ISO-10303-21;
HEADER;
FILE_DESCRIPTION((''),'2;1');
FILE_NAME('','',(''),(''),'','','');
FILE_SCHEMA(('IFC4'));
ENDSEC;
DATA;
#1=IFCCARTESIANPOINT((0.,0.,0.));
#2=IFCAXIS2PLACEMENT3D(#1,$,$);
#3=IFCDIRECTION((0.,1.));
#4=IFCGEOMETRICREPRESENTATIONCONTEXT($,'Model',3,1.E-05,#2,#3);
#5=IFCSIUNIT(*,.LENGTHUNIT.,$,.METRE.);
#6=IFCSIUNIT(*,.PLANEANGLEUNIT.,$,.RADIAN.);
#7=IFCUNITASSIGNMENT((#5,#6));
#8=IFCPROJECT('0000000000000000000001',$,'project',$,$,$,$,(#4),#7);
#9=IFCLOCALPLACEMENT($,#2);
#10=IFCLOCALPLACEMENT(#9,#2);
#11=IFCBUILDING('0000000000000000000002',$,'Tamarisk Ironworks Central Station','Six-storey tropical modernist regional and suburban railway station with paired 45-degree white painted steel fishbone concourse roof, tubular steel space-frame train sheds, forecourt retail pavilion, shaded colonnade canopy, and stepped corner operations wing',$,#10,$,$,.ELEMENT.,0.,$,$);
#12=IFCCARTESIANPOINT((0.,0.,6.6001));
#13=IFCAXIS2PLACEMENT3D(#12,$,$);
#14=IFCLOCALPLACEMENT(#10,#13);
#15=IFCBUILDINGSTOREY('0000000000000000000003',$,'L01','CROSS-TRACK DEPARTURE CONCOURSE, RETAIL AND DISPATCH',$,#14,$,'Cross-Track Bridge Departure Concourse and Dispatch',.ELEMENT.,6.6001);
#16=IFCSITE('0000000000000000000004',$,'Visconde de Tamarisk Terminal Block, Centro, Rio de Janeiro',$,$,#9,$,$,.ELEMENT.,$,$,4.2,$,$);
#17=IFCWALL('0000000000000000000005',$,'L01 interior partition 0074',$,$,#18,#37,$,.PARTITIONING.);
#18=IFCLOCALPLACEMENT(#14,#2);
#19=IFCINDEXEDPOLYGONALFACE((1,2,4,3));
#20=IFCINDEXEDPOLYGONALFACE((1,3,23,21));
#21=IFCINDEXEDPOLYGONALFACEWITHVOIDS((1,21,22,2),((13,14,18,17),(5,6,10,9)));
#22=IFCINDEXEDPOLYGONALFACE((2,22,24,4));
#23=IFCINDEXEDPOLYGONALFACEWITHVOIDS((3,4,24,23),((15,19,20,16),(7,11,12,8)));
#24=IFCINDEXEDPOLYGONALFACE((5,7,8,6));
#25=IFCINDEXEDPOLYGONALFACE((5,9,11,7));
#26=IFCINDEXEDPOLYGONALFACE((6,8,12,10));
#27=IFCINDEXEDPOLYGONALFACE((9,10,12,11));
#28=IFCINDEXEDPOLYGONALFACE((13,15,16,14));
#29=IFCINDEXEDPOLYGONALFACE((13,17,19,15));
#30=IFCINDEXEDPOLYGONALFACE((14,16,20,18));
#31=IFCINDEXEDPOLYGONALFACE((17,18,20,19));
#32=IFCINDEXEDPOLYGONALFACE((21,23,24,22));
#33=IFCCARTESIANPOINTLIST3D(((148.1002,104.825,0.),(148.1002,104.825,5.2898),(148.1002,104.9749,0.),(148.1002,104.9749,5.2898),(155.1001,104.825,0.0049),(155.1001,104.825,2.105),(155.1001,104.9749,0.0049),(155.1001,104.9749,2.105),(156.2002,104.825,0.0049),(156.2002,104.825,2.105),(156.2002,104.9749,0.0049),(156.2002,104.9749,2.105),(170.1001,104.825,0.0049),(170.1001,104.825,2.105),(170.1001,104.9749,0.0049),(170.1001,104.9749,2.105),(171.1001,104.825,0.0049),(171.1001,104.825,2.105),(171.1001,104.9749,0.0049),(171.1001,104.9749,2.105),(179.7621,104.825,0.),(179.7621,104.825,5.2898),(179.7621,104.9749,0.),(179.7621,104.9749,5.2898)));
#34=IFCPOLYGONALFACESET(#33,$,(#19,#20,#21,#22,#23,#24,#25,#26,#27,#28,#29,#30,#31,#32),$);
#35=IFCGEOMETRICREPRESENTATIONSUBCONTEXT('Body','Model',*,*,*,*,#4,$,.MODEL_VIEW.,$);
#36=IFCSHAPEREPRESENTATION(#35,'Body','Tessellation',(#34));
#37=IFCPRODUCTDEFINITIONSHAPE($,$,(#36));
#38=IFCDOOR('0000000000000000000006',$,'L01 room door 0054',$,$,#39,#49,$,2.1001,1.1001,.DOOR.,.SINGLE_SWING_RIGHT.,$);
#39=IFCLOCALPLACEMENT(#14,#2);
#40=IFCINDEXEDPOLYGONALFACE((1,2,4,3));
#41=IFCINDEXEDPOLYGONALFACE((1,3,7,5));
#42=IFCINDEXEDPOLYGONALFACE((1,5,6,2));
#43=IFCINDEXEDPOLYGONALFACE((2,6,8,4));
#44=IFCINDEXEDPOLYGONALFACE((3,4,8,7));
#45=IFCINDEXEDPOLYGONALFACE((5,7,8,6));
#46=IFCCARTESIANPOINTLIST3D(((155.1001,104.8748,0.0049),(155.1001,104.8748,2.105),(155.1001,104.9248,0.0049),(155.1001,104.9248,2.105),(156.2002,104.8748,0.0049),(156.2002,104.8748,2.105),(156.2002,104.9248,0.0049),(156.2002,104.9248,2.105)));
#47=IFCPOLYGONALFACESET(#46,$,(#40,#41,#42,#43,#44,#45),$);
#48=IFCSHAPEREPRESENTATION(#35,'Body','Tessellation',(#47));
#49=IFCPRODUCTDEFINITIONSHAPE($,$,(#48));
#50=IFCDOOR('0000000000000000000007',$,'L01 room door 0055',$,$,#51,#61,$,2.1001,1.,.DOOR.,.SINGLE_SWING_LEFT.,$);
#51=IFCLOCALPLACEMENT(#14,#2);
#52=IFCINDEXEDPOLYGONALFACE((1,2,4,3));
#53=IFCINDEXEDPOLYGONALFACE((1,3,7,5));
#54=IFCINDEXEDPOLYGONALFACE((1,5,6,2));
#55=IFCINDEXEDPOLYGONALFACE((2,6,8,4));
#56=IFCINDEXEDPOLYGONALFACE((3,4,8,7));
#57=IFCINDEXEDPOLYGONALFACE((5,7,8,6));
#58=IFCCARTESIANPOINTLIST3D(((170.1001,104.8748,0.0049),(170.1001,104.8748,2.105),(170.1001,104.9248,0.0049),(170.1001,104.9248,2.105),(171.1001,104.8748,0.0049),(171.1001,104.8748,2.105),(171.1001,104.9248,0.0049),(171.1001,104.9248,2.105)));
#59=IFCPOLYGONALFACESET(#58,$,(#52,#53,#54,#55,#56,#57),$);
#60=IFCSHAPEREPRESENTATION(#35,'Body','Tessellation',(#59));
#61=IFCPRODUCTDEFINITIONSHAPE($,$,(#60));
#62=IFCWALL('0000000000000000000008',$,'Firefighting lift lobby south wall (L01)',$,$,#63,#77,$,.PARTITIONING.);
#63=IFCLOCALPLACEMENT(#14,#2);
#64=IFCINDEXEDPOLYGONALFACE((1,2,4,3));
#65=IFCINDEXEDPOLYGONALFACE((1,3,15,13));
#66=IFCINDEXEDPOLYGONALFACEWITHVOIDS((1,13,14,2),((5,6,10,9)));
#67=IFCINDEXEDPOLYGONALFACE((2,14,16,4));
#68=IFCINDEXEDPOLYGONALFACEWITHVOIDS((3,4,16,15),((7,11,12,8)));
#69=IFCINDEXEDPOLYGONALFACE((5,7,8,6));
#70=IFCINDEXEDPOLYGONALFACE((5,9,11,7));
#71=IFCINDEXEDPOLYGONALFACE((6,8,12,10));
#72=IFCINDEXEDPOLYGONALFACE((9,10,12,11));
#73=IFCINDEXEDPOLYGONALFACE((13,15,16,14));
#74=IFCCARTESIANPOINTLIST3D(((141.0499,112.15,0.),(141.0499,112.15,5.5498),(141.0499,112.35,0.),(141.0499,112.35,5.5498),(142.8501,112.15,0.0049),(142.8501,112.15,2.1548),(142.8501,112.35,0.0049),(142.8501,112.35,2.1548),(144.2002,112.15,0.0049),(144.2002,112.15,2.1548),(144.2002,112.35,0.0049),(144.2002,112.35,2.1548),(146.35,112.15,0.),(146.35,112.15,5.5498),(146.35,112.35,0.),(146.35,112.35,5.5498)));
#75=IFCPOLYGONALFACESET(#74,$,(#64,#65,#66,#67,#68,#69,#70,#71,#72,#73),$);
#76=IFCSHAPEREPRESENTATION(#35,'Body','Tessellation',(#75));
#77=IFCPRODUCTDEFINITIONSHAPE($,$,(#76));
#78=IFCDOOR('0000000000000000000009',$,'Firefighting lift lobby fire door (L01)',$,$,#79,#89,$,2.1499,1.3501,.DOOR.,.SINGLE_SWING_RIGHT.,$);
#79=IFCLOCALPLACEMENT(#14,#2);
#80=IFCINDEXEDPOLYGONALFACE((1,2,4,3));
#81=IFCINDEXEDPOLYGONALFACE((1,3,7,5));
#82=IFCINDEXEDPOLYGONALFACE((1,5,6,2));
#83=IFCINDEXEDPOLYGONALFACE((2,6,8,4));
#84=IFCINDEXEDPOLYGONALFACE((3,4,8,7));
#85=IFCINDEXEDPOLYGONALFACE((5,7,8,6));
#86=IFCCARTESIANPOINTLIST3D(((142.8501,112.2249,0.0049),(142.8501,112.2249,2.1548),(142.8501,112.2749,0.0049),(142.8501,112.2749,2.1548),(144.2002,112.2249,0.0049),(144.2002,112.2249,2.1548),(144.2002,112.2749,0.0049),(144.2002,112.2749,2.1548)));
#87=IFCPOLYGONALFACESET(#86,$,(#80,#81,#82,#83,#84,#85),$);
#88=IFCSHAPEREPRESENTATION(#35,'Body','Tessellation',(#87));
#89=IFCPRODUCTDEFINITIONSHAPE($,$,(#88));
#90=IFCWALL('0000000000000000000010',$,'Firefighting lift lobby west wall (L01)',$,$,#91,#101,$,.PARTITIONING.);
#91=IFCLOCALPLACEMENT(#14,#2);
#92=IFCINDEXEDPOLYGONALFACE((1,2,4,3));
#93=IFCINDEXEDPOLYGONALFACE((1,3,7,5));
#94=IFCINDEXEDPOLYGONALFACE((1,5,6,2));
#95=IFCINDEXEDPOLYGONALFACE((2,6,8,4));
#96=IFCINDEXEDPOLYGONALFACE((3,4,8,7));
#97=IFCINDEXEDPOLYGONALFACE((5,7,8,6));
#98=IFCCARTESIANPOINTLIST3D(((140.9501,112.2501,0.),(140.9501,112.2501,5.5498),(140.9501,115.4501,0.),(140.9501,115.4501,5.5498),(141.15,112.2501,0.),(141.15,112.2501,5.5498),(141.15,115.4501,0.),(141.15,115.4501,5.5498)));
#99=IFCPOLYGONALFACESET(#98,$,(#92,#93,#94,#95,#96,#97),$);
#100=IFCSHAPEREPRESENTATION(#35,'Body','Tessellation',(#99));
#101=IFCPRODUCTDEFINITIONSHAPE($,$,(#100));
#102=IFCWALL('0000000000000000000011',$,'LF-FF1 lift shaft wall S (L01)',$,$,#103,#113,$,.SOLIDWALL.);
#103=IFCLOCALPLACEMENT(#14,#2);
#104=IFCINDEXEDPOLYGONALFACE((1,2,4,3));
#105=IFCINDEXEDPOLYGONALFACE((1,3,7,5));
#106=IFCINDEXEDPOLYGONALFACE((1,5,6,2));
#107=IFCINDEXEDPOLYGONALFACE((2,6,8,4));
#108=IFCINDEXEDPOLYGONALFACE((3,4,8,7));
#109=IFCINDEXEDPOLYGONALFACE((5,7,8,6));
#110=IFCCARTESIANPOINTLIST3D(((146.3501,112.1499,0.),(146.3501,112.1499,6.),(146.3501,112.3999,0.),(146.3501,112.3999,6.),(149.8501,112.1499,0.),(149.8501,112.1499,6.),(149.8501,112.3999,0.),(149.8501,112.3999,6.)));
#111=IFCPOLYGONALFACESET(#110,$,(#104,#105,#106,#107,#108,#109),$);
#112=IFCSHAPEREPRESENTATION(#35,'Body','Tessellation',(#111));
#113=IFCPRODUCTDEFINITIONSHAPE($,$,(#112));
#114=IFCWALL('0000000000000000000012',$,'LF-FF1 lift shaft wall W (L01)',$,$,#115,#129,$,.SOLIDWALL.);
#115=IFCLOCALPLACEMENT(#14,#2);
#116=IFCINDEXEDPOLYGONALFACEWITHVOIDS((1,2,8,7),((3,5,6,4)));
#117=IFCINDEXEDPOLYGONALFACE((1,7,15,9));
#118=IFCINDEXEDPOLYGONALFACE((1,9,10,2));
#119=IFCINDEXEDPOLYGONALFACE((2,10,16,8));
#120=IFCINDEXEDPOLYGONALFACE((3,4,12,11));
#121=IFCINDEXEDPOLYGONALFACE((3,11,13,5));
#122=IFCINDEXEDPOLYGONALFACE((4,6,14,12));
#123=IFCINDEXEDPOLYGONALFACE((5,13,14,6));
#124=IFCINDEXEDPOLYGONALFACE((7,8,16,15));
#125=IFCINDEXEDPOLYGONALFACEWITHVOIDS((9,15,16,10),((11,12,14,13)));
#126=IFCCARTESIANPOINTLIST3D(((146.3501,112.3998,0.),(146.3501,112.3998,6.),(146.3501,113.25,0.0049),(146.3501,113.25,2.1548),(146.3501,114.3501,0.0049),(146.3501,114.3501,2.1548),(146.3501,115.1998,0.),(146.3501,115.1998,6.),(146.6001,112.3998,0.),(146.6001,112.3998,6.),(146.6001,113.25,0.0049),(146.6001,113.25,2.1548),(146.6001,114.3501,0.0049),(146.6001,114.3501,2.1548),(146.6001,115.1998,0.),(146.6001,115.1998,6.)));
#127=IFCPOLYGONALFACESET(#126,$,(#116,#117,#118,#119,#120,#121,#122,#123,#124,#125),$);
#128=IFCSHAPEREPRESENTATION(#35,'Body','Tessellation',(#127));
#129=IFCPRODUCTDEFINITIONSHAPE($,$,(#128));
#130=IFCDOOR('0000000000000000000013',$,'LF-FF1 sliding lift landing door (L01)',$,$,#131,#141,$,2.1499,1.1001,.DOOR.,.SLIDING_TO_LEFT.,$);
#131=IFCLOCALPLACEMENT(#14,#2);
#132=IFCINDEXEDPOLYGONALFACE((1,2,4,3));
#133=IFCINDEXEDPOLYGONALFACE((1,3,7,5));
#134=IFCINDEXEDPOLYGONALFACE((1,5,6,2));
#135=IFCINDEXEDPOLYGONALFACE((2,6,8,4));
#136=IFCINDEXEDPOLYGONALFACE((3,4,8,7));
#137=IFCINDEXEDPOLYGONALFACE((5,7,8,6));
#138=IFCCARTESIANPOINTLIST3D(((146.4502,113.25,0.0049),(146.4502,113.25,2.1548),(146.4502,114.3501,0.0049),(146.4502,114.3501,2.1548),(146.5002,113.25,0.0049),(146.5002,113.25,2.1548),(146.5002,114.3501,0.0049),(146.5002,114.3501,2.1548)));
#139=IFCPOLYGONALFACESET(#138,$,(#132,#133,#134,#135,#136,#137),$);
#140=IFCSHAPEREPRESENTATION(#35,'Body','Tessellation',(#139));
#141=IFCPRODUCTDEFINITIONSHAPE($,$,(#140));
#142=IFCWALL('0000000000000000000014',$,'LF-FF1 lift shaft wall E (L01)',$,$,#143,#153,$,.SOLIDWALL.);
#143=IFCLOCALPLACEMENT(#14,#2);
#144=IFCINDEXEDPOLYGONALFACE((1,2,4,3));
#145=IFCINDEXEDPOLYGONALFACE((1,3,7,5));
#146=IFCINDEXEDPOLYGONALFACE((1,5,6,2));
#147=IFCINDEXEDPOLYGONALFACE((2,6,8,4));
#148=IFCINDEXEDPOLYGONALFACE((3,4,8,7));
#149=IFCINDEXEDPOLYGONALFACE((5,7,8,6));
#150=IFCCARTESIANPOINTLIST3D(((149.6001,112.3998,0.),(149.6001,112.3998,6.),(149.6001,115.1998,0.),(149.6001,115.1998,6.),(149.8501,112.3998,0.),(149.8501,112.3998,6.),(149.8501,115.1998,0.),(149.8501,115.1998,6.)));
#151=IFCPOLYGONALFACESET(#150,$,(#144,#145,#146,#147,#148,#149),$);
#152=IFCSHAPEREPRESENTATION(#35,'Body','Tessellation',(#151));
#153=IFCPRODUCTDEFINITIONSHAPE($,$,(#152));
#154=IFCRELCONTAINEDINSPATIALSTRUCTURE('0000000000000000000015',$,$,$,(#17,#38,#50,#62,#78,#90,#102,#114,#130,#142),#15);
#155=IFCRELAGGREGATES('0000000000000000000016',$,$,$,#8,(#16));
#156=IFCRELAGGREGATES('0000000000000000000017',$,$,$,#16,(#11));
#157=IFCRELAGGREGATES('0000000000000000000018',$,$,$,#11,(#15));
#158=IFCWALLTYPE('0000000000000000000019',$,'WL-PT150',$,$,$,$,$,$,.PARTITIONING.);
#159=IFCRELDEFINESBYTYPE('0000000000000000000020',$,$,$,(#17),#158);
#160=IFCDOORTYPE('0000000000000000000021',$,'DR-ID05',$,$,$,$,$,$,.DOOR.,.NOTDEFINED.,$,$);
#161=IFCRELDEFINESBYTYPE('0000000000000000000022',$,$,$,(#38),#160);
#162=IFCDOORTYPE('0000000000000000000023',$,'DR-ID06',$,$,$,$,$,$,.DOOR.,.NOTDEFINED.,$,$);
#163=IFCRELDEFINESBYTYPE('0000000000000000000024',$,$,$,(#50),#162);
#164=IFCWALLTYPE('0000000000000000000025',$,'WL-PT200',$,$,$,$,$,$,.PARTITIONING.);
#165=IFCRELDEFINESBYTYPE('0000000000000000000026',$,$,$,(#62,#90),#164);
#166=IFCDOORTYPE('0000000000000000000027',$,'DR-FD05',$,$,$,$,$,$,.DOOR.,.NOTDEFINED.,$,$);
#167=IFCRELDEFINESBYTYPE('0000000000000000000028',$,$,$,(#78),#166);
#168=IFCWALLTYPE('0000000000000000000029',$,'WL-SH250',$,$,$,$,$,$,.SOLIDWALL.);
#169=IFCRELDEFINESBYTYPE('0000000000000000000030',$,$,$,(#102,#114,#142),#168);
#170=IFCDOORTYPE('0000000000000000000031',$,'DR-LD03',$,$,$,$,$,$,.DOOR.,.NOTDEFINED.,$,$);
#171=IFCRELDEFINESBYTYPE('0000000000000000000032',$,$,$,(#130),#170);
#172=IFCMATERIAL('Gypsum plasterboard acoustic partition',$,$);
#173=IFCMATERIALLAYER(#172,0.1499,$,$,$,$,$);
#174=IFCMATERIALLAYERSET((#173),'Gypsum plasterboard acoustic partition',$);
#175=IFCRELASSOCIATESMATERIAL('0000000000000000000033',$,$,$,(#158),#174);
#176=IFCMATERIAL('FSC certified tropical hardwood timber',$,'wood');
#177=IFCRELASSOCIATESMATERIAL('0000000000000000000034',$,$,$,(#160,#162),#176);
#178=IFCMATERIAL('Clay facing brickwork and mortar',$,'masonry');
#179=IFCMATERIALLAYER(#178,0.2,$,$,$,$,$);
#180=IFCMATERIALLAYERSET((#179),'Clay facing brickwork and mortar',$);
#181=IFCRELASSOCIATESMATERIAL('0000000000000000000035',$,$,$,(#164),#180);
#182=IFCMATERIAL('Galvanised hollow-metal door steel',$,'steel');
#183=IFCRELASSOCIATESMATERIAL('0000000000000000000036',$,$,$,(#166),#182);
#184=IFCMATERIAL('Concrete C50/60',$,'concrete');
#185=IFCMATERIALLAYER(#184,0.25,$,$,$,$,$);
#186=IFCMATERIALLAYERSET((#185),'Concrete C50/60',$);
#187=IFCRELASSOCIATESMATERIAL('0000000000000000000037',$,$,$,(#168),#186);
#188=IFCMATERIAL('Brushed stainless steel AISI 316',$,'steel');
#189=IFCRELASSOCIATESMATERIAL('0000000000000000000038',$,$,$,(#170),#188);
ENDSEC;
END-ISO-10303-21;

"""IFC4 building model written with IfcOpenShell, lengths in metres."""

from ifc_helpers import new_model, si_unit, direction, frame, frame_2d, origin, place, context, subcontext, project, spatial, rectangle, extrude, material, layer, layer_set, type_object, element, fill, save


model = new_model("IFC4")

# Units and contexts
model_context = context("Model", 3, precision=1e-05, world=origin(), true_north=direction((0.0, 1.0)))
body_context = subcontext(model_context, "Body", "Model", "MODEL_VIEW")
ifc_project = project(units=[si_unit("LENGTHUNIT", "METRE"), si_unit("PLANEANGLEUNIT", "RADIAN")], contexts=[model_context])

# Site, building, storey
site_placement = place(None, origin())
site = spatial("IfcSite", under=ifc_project, at=site_placement, Name="Visconde de Tamarisk Terminal Block, Centro, Rio de Janeiro", CompositionType="ELEMENT", RefElevation=4.2)
building_placement = place(site_placement, origin())
building = spatial("IfcBuilding", under=site, at=building_placement, Name="Tamarisk Ironworks Central Station", Description="Six-storey tropical modernist regional and suburban railway station with paired 45-degree white painted steel fishbone concourse roof, tubular steel space-frame train sheds, forecourt retail pavilion, shaded colonnade canopy, and stepped corner operations wing", CompositionType="ELEMENT", ElevationOfRefHeight=0.0)
storey_placement = place(building_placement, frame((0.0, 0.0, 6.6001)))
storey = spatial("IfcBuildingStorey", under=building, at=storey_placement, Name="L01", Description="CROSS-TRACK DEPARTURE CONCOURSE, RETAIL AND DISPATCH", LongName="Cross-Track Bridge Departure Concourse and Dispatch", CompositionType="ELEMENT", Elevation=6.6001)

# Shared definitions
ifc_material_1 = material(Name="Gypsum plasterboard acoustic partition")

# Wall, openings, doors
ifc_layer_1 = layer(ifc_material_1, 0.1499)
ifc_layer_set_1 = layer_set([ifc_layer_1], Name="Gypsum plasterboard acoustic partition")
wall_type_1 = type_object("IfcWallType", Name="WL-PT150", PredefinedType="PARTITIONING", material=ifc_layer_set_1)
wall_1_placement = place(storey_placement, frame((148.1001, 104.8999, 0.0), z_axis=(0.0, 0.0, 1.0), x_axis=(1.0, 0.0, 0.0)))
wall_1 = element("IfcWall", 1, at=wall_1_placement, inside=storey, type_object=wall_type_1, Name="L01 interior partition 0074", PredefinedType="PARTITIONING", context=body_context, shape_type="SweptSolid", body=[
    extrude(rectangle(XDim=31.6619, YDim=0.1499, at=frame_2d((15.8311, 0.0))), origin(), (0.0, 0.0, 1.0), 5.2898),
])
opening_1_placement = place(wall_1_placement, frame((7.0, 0.0, 0.0049)))
opening_1 = element("IfcOpeningElement", 2, at=opening_1_placement, cuts=wall_1, PredefinedType="OPENING", context=body_context, shape_type="SweptSolid", body=[
    extrude(rectangle(XDim=1.1001, YDim=2.1001, at=frame_2d((0.55, 1.05))), frame((0.0, 0.0869, 0.0), z_axis=(0.0, -1.0, 0.0), x_axis=(1.0, 0.0, 0.0)), (0.0, 0.0, 1.0), 0.1738),
])
opening_2_placement = place(wall_1_placement, frame((22.0, 0.0, 0.0049)))
opening_2 = element("IfcOpeningElement", 3, at=opening_2_placement, cuts=wall_1, PredefinedType="OPENING", context=body_context, shape_type="SweptSolid", body=[
    extrude(rectangle(XDim=1.0, YDim=2.1001, at=frame_2d((0.5, 1.05))), frame((0.0, 0.0869, 0.0), z_axis=(0.0, -1.0, 0.0), x_axis=(1.0, 0.0, 0.0)), (0.0, 0.0, 1.0), 0.1738),
])
ifc_material_2 = material(Name="FSC certified tropical hardwood timber", Category="wood")
door_type_1 = type_object("IfcDoorType", Name="DR-ID05", OperationType="NOTDEFINED", PredefinedType="DOOR", material=ifc_material_2)
door_1_placement = place(opening_1_placement, origin())
door_1 = element("IfcDoor", 4, at=door_1_placement, inside=storey, type_object=door_type_1, Name="L01 room door 0054", OperationType="SINGLE_SWING_RIGHT", OverallHeight=2.1001, OverallWidth=1.1001, PredefinedType="DOOR", context=body_context, shape_type="SweptSolid", body=[
    extrude(rectangle(XDim=1.1001, YDim=2.1001, at=frame_2d((0.55, 1.05))), frame((0.0, 0.0249, 0.0), z_axis=(0.0, -1.0, 0.0), x_axis=(1.0, 0.0, 0.0)), (0.0, 0.0, 1.0), 0.05),
])
fill(opening_1, door_1)
door_type_2 = type_object("IfcDoorType", Name="DR-ID06", OperationType="NOTDEFINED", PredefinedType="DOOR", material=ifc_material_2)
door_2_placement = place(opening_2_placement, origin())
door_2 = element("IfcDoor", 5, at=door_2_placement, inside=storey, type_object=door_type_2, Name="L01 room door 0055", OperationType="SINGLE_SWING_LEFT", OverallHeight=2.1001, OverallWidth=1.0, PredefinedType="DOOR", context=body_context, shape_type="SweptSolid", body=[
    extrude(rectangle(XDim=1.0, YDim=2.1001, at=frame_2d((0.5, 1.05))), frame((0.0, 0.0249, 0.0), z_axis=(0.0, -1.0, 0.0), x_axis=(1.0, 0.0, 0.0)), (0.0, 0.0, 1.0), 0.05),
])
fill(opening_2, door_2)

# Wall, opening, door
ifc_material_3 = material(Name="Clay facing brickwork and mortar", Category="masonry")
ifc_layer_2 = layer(ifc_material_3, 0.2)
ifc_layer_set_2 = layer_set([ifc_layer_2], Name="Clay facing brickwork and mortar")
wall_type_2 = type_object("IfcWallType", Name="WL-PT200", PredefinedType="PARTITIONING", material=ifc_layer_set_2)
wall_2_placement = place(storey_placement, frame((141.05, 112.25, 0.0), z_axis=(0.0, 0.0, 1.0), x_axis=(1.0, 0.0, 0.0)))
wall_2 = element("IfcWall", 6, at=wall_2_placement, inside=storey, type_object=wall_type_2, Name="Firefighting lift lobby south wall (L01)", PredefinedType="PARTITIONING", context=body_context, shape_type="SweptSolid", body=[
    extrude(rectangle(XDim=5.3, YDim=0.2, at=frame_2d((2.6499, 0.0))), origin(), (0.0, 0.0, 1.0), 5.5498),
])
opening_3_placement = place(wall_2_placement, frame((1.8, 0.0, 0.0049)))
opening_3 = element("IfcOpeningElement", 7, at=opening_3_placement, cuts=wall_2, PredefinedType="OPENING", context=body_context, shape_type="SweptSolid", body=[
    extrude(rectangle(XDim=1.3501, YDim=2.1499, at=frame_2d((0.675, 1.075))), frame((0.0, 0.1118, 0.0), z_axis=(0.0, -1.0, 0.0), x_axis=(1.0, 0.0, 0.0)), (0.0, 0.0, 1.0), 0.2239),
])
ifc_material_4 = material(Name="Galvanised hollow-metal door steel", Category="steel")
door_type_3 = type_object("IfcDoorType", Name="DR-FD05", OperationType="NOTDEFINED", PredefinedType="DOOR", material=ifc_material_4)
door_3_placement = place(opening_3_placement, origin())
door_3 = element("IfcDoor", 8, at=door_3_placement, inside=storey, type_object=door_type_3, Name="Firefighting lift lobby fire door (L01)", OperationType="SINGLE_SWING_RIGHT", OverallHeight=2.1499, OverallWidth=1.3501, PredefinedType="DOOR", context=body_context, shape_type="SweptSolid", body=[
    extrude(rectangle(XDim=1.3501, YDim=2.1499, at=frame_2d((0.675, 1.075))), frame((0.0, 0.0249, 0.0), z_axis=(0.0, -1.0, 0.0), x_axis=(1.0, 0.0, 0.0)), (0.0, 0.0, 1.0), 0.05),
])
fill(opening_3, door_3)

# Walls
wall_3_placement = place(storey_placement, frame((141.05, 112.25, 0.0), z_axis=(0.0, 0.0, 1.0), x_axis=(0.0, 1.0, 0.0)))
element("IfcWall", 9, at=wall_3_placement, inside=storey, type_object=wall_type_2, Name="Firefighting lift lobby west wall (L01)", PredefinedType="PARTITIONING", context=body_context, shape_type="SweptSolid", body=[
    extrude(rectangle(XDim=3.2, YDim=0.2, at=frame_2d((1.6001, 0.0))), origin(), (0.0, 0.0, 1.0), 5.5498),
])
ifc_material_5 = material(Name="Concrete C50/60", Category="concrete")
ifc_layer_3 = layer(ifc_material_5, 0.25)
ifc_layer_set_3 = layer_set([ifc_layer_3], Name="Concrete C50/60")
wall_type_3 = type_object("IfcWallType", Name="WL-SH250", PredefinedType="SOLIDWALL", material=ifc_layer_set_3)
wall_4_placement = place(storey_placement, frame((146.3501, 112.2749, 0.0), z_axis=(0.0, 0.0, 1.0), x_axis=(1.0, 0.0, 0.0)))
element("IfcWall", 10, at=wall_4_placement, inside=storey, type_object=wall_type_3, Name="LF-FF1 lift shaft wall S (L01)", PredefinedType="SOLIDWALL", context=body_context, shape_type="SweptSolid", body=[
    extrude(rectangle(XDim=3.5, YDim=0.25, at=frame_2d((1.75, 0.0))), origin(), (0.0, 0.0, 1.0), 6.0),
])

# Wall, opening, door
wall_5_placement = place(storey_placement, frame((146.4751, 112.3999, 0.0), z_axis=(0.0, 0.0, 1.0), x_axis=(0.0, 1.0, 0.0)))
wall_5 = element("IfcWall", 11, at=wall_5_placement, inside=storey, type_object=wall_type_3, Name="LF-FF1 lift shaft wall W (L01)", PredefinedType="SOLIDWALL", context=body_context, shape_type="SweptSolid", body=[
    extrude(rectangle(XDim=2.8, YDim=0.25, at=frame_2d((1.3999, 0.0))), origin(), (0.0, 0.0, 1.0), 6.0),
])
opening_4_placement = place(wall_5_placement, frame((0.8501, 0.0, 0.0049)))
opening_4 = element("IfcOpeningElement", 12, at=opening_4_placement, cuts=wall_5, PredefinedType="OPENING", context=body_context, shape_type="SweptSolid", body=[
    extrude(rectangle(XDim=1.1001, YDim=2.1499, at=frame_2d((0.55, 1.075))), frame((0.0, 0.137, 0.0), z_axis=(0.0, -1.0, 0.0), x_axis=(1.0, 0.0, 0.0)), (0.0, 0.0, 1.0), 0.2739),
])
ifc_material_6 = material(Name="Brushed stainless steel AISI 316", Category="steel")
door_type_4 = type_object("IfcDoorType", Name="DR-LD03", OperationType="NOTDEFINED", PredefinedType="DOOR", material=ifc_material_6)
door_4_placement = place(opening_4_placement, origin())
door_4 = element("IfcDoor", 13, at=door_4_placement, inside=storey, type_object=door_type_4, Name="LF-FF1 sliding lift landing door (L01)", OperationType="SLIDING_TO_LEFT", OverallHeight=2.1499, OverallWidth=1.1001, PredefinedType="DOOR", context=body_context, shape_type="SweptSolid", body=[
    extrude(rectangle(XDim=1.1001, YDim=2.1499, at=frame_2d((0.55, 1.075))), frame((0.0, 0.0249, 0.0), z_axis=(0.0, -1.0, 0.0), x_axis=(1.0, 0.0, 0.0)), (0.0, 0.0, 1.0), 0.05),
])
fill(opening_4, door_4)

# Wall
wall_6_placement = place(storey_placement, frame((149.7251, 112.3999, 0.0), z_axis=(0.0, 0.0, 1.0), x_axis=(0.0, 1.0, 0.0)))
element("IfcWall", 14, at=wall_6_placement, inside=storey, type_object=wall_type_3, Name="LF-FF1 lift shaft wall E (L01)", PredefinedType="SOLIDWALL", context=body_context, shape_type="SweptSolid", body=[
    extrude(rectangle(XDim=2.8, YDim=0.25, at=frame_2d((1.3999, 0.0))), origin(), (0.0, 0.0, 1.0), 6.0),
])

save(model, "model.ifc")
